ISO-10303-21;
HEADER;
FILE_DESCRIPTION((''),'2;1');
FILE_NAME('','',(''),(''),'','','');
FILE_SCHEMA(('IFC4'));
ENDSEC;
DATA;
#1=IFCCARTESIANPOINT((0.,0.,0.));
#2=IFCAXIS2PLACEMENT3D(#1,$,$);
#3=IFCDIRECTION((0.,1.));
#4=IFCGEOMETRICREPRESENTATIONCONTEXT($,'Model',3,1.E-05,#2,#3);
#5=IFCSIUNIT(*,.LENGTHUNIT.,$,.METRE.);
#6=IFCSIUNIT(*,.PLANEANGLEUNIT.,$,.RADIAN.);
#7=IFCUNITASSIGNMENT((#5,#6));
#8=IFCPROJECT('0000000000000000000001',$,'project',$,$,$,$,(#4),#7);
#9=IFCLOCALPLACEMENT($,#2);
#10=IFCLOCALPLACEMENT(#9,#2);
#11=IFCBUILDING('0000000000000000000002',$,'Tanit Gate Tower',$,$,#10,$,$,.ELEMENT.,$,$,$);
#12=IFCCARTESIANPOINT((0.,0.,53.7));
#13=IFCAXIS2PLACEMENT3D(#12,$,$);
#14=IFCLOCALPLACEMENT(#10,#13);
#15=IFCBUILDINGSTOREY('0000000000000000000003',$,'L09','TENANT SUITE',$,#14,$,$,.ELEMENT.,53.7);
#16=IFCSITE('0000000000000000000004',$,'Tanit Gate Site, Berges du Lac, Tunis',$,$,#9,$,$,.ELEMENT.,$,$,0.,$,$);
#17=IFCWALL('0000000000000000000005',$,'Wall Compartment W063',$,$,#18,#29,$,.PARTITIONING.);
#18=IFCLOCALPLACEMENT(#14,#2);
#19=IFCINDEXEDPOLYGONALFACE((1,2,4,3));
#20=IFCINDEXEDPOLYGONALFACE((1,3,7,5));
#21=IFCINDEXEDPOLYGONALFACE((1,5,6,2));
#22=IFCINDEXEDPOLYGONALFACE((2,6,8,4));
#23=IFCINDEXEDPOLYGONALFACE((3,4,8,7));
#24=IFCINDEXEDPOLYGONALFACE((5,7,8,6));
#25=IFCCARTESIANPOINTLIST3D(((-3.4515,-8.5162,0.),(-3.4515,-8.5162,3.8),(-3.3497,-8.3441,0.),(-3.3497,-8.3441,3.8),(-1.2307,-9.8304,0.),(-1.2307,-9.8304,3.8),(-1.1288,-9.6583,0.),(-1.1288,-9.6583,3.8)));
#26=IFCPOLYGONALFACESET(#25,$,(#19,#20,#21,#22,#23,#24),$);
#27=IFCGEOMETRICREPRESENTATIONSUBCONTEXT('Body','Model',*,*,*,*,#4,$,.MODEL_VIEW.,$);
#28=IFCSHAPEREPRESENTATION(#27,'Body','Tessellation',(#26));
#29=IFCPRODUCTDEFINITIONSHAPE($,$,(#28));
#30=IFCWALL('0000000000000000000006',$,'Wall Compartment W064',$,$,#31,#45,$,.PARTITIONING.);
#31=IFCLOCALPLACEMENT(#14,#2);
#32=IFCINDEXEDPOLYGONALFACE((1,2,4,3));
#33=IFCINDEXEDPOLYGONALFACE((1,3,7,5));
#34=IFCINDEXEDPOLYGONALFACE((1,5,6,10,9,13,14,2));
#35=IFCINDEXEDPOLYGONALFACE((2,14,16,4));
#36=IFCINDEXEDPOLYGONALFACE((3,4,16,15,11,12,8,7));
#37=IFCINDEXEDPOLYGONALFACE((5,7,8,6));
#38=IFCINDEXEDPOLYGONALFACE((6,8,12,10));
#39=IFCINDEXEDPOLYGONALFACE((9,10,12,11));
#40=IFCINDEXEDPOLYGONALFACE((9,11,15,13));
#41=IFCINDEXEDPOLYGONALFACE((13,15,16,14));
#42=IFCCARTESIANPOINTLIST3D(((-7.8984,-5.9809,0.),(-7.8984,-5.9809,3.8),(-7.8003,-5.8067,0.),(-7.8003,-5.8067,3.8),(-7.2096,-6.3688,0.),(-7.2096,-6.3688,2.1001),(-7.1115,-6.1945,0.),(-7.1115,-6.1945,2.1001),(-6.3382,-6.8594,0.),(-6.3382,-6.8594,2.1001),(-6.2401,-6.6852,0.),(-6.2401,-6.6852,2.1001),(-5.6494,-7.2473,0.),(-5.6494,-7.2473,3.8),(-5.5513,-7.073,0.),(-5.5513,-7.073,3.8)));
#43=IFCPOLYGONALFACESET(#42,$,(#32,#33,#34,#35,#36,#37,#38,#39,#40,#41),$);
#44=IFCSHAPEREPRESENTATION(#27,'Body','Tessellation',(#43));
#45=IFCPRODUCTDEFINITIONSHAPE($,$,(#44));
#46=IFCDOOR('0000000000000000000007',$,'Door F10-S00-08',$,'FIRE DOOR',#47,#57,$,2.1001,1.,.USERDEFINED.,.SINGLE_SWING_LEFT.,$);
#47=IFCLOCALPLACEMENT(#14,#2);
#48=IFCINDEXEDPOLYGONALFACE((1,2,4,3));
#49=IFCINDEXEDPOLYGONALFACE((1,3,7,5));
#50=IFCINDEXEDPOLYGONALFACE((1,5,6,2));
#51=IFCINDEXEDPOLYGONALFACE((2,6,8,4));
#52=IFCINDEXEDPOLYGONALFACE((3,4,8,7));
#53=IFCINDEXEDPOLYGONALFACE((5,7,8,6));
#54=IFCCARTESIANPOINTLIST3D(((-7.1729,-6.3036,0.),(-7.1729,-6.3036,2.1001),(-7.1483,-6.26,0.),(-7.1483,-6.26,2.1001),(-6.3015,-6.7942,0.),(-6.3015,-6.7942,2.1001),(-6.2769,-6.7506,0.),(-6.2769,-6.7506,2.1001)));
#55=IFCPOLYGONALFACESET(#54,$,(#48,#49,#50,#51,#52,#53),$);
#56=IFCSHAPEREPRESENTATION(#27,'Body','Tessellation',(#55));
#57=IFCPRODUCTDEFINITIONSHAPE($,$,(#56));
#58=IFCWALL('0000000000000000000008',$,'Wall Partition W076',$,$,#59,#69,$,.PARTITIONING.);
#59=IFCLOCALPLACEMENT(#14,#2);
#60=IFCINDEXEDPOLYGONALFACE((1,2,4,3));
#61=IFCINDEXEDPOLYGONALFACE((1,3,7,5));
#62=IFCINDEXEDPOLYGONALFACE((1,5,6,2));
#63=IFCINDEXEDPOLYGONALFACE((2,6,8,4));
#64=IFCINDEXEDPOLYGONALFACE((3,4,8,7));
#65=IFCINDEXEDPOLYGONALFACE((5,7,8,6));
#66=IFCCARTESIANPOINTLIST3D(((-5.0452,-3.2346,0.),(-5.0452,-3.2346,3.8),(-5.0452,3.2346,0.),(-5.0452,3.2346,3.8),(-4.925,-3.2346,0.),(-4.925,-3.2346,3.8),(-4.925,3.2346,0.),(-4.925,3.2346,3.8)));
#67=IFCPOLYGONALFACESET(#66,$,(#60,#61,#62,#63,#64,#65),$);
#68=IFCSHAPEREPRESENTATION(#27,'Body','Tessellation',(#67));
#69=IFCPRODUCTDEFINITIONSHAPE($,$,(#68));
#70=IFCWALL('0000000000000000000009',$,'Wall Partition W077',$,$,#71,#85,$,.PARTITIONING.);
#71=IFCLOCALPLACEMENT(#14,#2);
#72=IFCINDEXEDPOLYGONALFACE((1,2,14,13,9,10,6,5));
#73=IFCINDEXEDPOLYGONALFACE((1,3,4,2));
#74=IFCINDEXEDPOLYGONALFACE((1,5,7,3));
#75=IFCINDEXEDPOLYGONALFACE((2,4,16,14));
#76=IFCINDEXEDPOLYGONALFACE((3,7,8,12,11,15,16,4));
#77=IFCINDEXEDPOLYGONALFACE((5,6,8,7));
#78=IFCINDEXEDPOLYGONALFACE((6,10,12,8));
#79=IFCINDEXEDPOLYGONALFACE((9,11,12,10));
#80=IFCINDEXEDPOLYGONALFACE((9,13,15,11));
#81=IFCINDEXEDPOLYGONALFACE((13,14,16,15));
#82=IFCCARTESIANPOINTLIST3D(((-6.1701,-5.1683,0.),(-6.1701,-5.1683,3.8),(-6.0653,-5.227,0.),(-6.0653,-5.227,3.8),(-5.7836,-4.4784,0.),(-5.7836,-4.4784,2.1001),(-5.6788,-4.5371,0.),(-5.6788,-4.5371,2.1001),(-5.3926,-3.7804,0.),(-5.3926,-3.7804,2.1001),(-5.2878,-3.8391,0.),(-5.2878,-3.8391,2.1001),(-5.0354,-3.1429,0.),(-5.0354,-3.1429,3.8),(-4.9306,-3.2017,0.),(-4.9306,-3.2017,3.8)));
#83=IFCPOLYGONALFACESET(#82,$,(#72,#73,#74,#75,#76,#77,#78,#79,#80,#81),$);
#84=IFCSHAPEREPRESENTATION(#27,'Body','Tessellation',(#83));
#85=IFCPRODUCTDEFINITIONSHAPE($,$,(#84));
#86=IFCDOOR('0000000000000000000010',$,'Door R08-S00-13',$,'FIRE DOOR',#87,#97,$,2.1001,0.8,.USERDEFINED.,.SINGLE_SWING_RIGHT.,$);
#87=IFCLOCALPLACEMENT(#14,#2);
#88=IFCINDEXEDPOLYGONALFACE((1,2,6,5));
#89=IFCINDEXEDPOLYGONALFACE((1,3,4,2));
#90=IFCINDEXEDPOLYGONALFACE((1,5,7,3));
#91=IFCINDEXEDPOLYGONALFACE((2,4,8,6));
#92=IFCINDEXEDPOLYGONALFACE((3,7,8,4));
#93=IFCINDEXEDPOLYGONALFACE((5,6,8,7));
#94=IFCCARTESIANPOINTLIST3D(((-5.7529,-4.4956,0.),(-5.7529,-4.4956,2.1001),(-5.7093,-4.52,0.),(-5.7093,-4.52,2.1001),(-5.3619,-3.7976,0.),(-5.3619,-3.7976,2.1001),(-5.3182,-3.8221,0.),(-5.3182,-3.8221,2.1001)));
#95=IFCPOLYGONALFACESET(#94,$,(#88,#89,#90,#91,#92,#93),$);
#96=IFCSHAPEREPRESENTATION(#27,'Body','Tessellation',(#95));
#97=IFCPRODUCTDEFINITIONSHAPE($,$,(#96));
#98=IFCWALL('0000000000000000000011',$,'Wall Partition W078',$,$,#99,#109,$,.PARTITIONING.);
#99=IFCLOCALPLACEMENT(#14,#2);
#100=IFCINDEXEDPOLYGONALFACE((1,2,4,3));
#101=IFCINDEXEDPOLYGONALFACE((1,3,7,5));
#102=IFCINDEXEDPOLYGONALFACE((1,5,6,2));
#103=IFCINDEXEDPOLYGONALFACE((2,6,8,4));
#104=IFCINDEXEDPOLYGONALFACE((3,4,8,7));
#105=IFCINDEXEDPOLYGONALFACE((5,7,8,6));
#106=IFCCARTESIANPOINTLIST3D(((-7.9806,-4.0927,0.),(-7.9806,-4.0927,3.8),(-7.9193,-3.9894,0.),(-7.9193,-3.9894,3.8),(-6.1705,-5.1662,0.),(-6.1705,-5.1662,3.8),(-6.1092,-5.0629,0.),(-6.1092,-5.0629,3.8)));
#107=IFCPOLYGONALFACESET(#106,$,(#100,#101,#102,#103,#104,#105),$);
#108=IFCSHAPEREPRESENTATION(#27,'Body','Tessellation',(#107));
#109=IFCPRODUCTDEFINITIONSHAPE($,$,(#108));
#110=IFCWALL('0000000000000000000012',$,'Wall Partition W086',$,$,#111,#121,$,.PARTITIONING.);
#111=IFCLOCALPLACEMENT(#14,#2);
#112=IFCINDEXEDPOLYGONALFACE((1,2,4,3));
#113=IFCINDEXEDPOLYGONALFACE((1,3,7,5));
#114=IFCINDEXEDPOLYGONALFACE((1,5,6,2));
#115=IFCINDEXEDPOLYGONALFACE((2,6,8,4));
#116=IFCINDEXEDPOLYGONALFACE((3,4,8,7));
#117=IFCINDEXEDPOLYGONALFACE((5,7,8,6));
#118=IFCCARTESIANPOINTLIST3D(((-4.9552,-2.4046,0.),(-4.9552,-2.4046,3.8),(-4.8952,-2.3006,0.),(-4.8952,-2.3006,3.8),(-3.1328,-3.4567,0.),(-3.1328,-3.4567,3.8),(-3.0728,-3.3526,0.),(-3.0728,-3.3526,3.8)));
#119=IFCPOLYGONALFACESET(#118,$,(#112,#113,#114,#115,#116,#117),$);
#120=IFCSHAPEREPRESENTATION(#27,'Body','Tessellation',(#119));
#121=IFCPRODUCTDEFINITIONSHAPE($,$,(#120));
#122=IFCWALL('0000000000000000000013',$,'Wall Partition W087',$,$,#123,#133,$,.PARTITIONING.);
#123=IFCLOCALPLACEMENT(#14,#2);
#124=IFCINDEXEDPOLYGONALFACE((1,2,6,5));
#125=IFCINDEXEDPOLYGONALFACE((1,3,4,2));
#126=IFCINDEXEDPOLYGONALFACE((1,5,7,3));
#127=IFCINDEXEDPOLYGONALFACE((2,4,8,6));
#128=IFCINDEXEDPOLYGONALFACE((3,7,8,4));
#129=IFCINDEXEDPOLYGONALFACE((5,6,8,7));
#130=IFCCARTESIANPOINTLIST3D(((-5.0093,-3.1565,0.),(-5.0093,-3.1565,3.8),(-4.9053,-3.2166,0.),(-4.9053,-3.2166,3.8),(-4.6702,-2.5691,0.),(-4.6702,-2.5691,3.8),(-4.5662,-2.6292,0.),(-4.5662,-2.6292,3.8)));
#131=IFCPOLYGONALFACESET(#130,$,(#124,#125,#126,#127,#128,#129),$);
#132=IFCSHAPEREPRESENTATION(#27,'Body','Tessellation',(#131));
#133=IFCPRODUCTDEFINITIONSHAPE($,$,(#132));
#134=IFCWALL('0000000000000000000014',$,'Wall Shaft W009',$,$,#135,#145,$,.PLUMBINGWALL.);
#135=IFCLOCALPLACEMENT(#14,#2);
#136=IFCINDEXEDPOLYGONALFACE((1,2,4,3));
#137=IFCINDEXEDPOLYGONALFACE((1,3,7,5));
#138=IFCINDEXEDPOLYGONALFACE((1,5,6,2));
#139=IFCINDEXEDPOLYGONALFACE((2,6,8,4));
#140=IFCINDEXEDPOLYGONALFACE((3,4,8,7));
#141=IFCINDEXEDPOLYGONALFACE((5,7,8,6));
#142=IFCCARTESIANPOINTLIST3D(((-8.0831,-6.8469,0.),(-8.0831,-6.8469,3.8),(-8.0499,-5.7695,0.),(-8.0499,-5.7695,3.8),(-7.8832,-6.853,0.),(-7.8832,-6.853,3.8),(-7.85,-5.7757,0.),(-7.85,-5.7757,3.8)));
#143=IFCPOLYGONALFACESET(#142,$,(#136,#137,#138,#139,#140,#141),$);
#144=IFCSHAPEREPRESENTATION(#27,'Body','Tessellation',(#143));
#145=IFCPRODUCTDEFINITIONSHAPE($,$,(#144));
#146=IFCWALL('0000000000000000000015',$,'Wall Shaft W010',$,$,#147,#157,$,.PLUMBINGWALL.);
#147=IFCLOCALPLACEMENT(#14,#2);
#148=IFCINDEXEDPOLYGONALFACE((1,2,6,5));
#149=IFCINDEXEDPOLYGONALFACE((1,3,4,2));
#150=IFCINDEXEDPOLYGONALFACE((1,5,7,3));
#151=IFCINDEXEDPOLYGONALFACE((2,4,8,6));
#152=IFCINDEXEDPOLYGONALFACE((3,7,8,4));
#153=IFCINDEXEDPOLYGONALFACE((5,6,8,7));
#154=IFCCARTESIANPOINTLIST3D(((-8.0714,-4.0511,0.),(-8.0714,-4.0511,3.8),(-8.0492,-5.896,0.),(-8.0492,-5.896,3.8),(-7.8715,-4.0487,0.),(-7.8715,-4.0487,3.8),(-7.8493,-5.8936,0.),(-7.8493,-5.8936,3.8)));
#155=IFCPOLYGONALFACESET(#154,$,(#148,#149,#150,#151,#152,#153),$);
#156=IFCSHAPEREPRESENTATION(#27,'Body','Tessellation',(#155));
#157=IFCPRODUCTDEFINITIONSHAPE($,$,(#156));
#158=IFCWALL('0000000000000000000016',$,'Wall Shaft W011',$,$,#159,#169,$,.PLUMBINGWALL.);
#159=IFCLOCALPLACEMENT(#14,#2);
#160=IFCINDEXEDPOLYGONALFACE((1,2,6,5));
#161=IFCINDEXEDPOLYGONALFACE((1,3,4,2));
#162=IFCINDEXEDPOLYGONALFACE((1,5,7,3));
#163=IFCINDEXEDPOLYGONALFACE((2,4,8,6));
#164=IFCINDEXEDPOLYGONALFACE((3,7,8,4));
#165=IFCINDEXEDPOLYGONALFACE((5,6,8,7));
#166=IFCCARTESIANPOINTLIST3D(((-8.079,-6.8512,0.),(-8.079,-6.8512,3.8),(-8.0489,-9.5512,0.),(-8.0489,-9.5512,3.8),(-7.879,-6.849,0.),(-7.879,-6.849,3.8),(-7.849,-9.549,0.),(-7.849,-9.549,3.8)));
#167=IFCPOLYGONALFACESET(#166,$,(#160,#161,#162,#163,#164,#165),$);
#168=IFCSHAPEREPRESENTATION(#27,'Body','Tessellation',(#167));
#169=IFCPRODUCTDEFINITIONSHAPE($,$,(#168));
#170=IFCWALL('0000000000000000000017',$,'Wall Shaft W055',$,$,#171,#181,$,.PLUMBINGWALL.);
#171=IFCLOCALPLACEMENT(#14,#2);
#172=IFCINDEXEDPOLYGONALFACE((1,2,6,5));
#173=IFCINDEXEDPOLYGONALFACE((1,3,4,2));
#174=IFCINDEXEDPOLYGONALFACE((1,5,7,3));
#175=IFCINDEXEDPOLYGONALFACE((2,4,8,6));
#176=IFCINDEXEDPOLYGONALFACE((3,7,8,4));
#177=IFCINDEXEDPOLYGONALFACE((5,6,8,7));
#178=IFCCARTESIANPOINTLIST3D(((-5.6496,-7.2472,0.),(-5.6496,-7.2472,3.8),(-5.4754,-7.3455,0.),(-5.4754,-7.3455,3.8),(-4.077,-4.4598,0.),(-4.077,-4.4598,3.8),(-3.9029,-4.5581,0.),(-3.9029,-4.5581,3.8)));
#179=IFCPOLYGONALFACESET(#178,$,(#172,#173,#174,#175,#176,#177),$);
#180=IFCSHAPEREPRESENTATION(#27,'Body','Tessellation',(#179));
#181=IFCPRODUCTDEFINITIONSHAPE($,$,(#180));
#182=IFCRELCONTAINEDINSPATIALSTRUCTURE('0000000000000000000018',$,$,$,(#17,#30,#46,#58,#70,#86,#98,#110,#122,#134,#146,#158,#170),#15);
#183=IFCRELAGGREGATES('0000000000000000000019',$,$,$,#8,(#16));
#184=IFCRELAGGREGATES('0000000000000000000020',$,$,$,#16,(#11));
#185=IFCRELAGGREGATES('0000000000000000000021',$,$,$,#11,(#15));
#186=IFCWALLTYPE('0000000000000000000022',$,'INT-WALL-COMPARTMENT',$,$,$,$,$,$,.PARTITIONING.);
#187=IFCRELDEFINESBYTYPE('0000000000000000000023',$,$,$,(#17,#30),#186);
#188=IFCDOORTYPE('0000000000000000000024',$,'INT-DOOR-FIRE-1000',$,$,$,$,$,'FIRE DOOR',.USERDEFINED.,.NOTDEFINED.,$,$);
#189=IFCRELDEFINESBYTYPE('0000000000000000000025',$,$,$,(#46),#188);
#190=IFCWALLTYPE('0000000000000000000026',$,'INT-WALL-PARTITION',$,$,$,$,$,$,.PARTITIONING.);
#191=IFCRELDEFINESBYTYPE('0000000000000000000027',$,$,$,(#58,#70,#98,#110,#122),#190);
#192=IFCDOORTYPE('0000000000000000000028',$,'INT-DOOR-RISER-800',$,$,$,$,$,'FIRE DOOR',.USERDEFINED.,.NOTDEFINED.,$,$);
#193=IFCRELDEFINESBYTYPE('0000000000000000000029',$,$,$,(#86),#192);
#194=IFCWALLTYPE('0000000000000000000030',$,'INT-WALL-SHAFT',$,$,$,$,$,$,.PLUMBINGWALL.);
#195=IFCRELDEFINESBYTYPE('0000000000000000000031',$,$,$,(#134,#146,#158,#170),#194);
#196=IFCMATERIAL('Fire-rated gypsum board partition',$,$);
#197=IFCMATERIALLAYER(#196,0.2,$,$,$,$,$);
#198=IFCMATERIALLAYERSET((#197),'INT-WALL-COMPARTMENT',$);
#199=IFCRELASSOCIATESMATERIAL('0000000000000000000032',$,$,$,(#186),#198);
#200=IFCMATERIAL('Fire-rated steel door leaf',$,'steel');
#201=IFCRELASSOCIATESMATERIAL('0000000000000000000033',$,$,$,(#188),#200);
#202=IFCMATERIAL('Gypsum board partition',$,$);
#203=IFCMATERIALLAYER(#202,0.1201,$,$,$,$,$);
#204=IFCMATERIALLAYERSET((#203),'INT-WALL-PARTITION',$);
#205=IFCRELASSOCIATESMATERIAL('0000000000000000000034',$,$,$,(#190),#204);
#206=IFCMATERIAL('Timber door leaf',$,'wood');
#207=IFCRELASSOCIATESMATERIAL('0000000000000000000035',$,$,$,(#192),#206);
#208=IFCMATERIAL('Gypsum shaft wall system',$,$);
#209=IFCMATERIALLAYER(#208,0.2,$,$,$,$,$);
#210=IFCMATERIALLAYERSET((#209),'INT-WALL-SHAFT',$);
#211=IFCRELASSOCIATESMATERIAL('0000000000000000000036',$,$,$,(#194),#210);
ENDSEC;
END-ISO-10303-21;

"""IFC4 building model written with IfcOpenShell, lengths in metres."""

from ifc_helpers import new_model, si_unit, direction, frame, frame_2d, origin, place, context, subcontext, project, spatial, rectangle, extrude, material, layer, layer_set, type_object, element, fill, save


model = new_model("IFC4")

# Units and contexts
model_context = context("Model", 3, precision=1e-05, world=origin(), true_north=direction((0.0, 1.0)))
body_context = subcontext(model_context, "Body", "Model", "MODEL_VIEW")
ifc_project = project(units=[si_unit("LENGTHUNIT", "METRE"), si_unit("PLANEANGLEUNIT", "RADIAN")], contexts=[model_context])

# Site, building, storey
site_placement = place(None, origin())
site = spatial("IfcSite", under=ifc_project, at=site_placement, Name="Tanit Gate Site, Berges du Lac, Tunis", CompositionType="ELEMENT", RefElevation=0.0)
building_placement = place(site_placement, origin())
building = spatial("IfcBuilding", under=site, at=building_placement, Name="Tanit Gate Tower", CompositionType="ELEMENT")
storey_placement = place(building_placement, frame((0.0, 0.0, 53.7)))
storey = spatial("IfcBuildingStorey", under=building, at=storey_placement, Name="L09", Description="TENANT SUITE", CompositionType="ELEMENT", Elevation=53.7)

# Wall
ifc_material_1 = material(Name="Fire-rated gypsum board partition")
ifc_layer_1 = layer(ifc_material_1, 0.2)
ifc_layer_set_1 = layer_set([ifc_layer_1], Name="INT-WALL-COMPARTMENT")
wall_type_1 = type_object("IfcWallType", Name="INT-WALL-COMPARTMENT", PredefinedType="PARTITIONING", material=ifc_layer_set_1)
wall_1_placement = place(storey_placement, frame((-3.4006, -8.4302, 0.0), z_axis=(0.0, 0.0, 1.0), x_axis=(0.860616, -0.509255, 0.0)))
element("IfcWall", 1, at=wall_1_placement, inside=storey, type_object=wall_type_1, Name="Wall Compartment W063", PredefinedType="PARTITIONING", context=body_context, shape_type="SweptSolid", body=[
    extrude(rectangle(XDim=2.5806, YDim=0.2, at=frame_2d((1.2903, 0.0))), origin(), (0.0, 0.0, 1.0), 3.8),
])

# Wall, opening, door
wall_2_placement = place(storey_placement, frame((-7.8494, -5.8938, 0.0), z_axis=(0.0, 0.0, 1.0), x_axis=(0.871363, -0.490638, 0.0)))
wall_2 = element("IfcWall", 2, at=wall_2_placement, inside=storey, type_object=wall_type_1, Name="Wall Compartment W064", PredefinedType="PARTITIONING", context=body_context, shape_type="SweptSolid", body=[
    extrude(rectangle(XDim=2.5811, YDim=0.2, at=frame_2d((1.2905, 0.0))), origin(), (0.0, 0.0, 1.0), 3.8),
])
opening_1_placement = place(wall_2_placement, frame((0.7905, 0.0, 0.0)))
opening_1 = element("IfcOpeningElement", 3, at=opening_1_placement, cuts=wall_2, PredefinedType="OPENING", context=body_context, shape_type="SweptSolid", body=[
    extrude(rectangle(XDim=1.0, YDim=2.1001, at=frame_2d((0.5, 1.05))), frame((0.0, 0.1099, 0.0), z_axis=(0.0, -1.0, 0.0), x_axis=(1.0, 0.0, 0.0)), (0.0, 0.0, 1.0), 0.22),
])
ifc_material_2 = material(Name="Fire-rated steel door leaf", Category="steel")
door_type_1 = type_object("IfcDoorType", Name="INT-DOOR-FIRE-1000", ElementType="FIRE DOOR", OperationType="NOTDEFINED", PredefinedType="USERDEFINED", material=ifc_material_2)
door_1_placement = place(opening_1_placement, origin())
door_1 = element("IfcDoor", 4, at=door_1_placement, inside=storey, type_object=door_type_1, Name="Door F10-S00-08", ObjectType="FIRE DOOR", OperationType="SINGLE_SWING_LEFT", OverallHeight=2.1001, OverallWidth=1.0, PredefinedType="USERDEFINED", context=body_context, shape_type="SweptSolid", body=[
    extrude(rectangle(XDim=1.0, YDim=2.1001, at=frame_2d((0.5, 1.05))), frame((0.0, 0.0249, 0.0), z_axis=(0.0, -1.0, 0.0), x_axis=(1.0, 0.0, 0.0)), (0.0, 0.0, 1.0), 0.05),
])
fill(opening_1, door_1)

# Wall
ifc_material_3 = material(Name="Gypsum board partition")
ifc_layer_2 = layer(ifc_material_3, 0.1201)
ifc_layer_set_2 = layer_set([ifc_layer_2], Name="INT-WALL-PARTITION")
wall_type_2 = type_object("IfcWallType", Name="INT-WALL-PARTITION", PredefinedType="PARTITIONING", material=ifc_layer_set_2)
wall_3_placement = place(storey_placement, frame((-4.9851, -3.2346, 0.0), z_axis=(0.0, 0.0, 1.0), x_axis=(0.0, 1.0, 0.0)))
element("IfcWall", 5, at=wall_3_placement, inside=storey, type_object=wall_type_2, Name="Wall Partition W076", PredefinedType="PARTITIONING", context=body_context, shape_type="SweptSolid", body=[
    extrude(rectangle(XDim=6.4692, YDim=0.1201, at=frame_2d((3.2346, 0.0))), origin(), (0.0, 0.0, 1.0), 3.8),
])

# Wall, opening, door
wall_4_placement = place(storey_placement, frame((-6.1177, -5.1975, 0.0), z_axis=(0.0, 0.0, 1.0), x_axis=(0.488783, 0.872406, 0.0)))
wall_4 = element("IfcWall", 6, at=wall_4_placement, inside=storey, type_object=wall_type_2, Name="Wall Partition W077", PredefinedType="PARTITIONING", context=body_context, shape_type="SweptSolid", body=[
    extrude(rectangle(XDim=2.3215, YDim=0.1201, at=frame_2d((1.1606, 0.0))), origin(), (0.0, 0.0, 1.0), 3.8),
])
opening_2_placement = place(wall_4_placement, frame((0.7908, 0.0, 0.0)))
opening_2 = element("IfcOpeningElement", 7, at=opening_2_placement, cuts=wall_4, PredefinedType="OPENING", context=body_context, shape_type="SweptSolid", body=[
    extrude(rectangle(XDim=0.8, YDim=2.1001, at=frame_2d((0.3999, 1.05))), frame((0.0, 0.0701, 0.0), z_axis=(0.0, -1.0, 0.0), x_axis=(1.0, 0.0, 0.0)), (0.0, 0.0, 1.0), 0.1401),
])
ifc_material_4 = material(Name="Timber door leaf", Category="wood")
door_type_2 = type_object("IfcDoorType", Name="INT-DOOR-RISER-800", ElementType="FIRE DOOR", OperationType="NOTDEFINED", PredefinedType="USERDEFINED", material=ifc_material_4)
door_2_placement = place(opening_2_placement, origin())
door_2 = element("IfcDoor", 8, at=door_2_placement, inside=storey, type_object=door_type_2, Name="Door R08-S00-13", ObjectType="FIRE DOOR", OperationType="SINGLE_SWING_RIGHT", OverallHeight=2.1001, OverallWidth=0.8, PredefinedType="USERDEFINED", context=body_context, shape_type="SweptSolid", body=[
    extrude(rectangle(XDim=0.8, YDim=2.1001, at=frame_2d((0.3999, 1.05))), frame((0.0, 0.0249, 0.0), z_axis=(0.0, -1.0, 0.0), x_axis=(1.0, 0.0, 0.0)), (0.0, 0.0, 1.0), 0.05),
])
fill(opening_2, door_2)

# Walls
wall_5_placement = place(storey_placement, frame((-7.95, -4.041, 0.0), z_axis=(0.0, 0.0, 1.0), x_axis=(0.860112, -0.510104, 0.0)))
element("IfcWall", 9, at=wall_5_placement, inside=storey, type_object=wall_type_2, Name="Wall Partition W078", PredefinedType="PARTITIONING", context=body_context, shape_type="SweptSolid", body=[
    extrude(rectangle(XDim=2.1045, YDim=0.1201, at=frame_2d((1.0522, 0.0))), origin(), (0.0, 0.0, 1.0), 3.8),
])
wall_6_placement = place(storey_placement, frame((-4.9253, -2.3525, 0.0), z_axis=(0.0, 0.0, 1.0), x_axis=(0.866043, -0.49997, 0.0)))
element("IfcWall", 10, at=wall_6_placement, inside=storey, type_object=wall_type_2, Name="Wall Partition W086", PredefinedType="PARTITIONING", context=body_context, shape_type="SweptSolid", body=[
    extrude(rectangle(XDim=2.1042, YDim=0.1201, at=frame_2d((1.0522, 0.0))), origin(), (0.0, 0.0, 1.0), 3.8),
])
wall_7_placement = place(storey_placement, frame((-4.9573, -3.1865, 0.0), z_axis=(0.0, 0.0, 1.0), x_axis=(0.499972, 0.866042, 0.0)))
element("IfcWall", 11, at=wall_7_placement, inside=storey, type_object=wall_type_2, Name="Wall Partition W087", PredefinedType="PARTITIONING", context=body_context, shape_type="SweptSolid", body=[
    extrude(rectangle(XDim=0.6782, YDim=0.1201, at=frame_2d((0.3391, 0.0))), origin(), (0.0, 0.0, 1.0), 3.8),
])
ifc_material_5 = material(Name="Gypsum shaft wall system")
ifc_layer_3 = layer(ifc_material_5, 0.2)
ifc_layer_set_3 = layer_set([ifc_layer_3], Name="INT-WALL-SHAFT")
wall_type_3 = type_object("IfcWallType", Name="INT-WALL-SHAFT", PredefinedType="PLUMBINGWALL", material=ifc_layer_set_3)
wall_8_placement = place(storey_placement, frame((-7.95, -5.7725, 0.0), z_axis=(0.0, 0.0, 1.0), x_axis=(-0.030803, -0.999525, 0.0)))
element("IfcWall", 12, at=wall_8_placement, inside=storey, type_object=wall_type_3, Name="Wall Shaft W009", PredefinedType="PLUMBINGWALL", context=body_context, shape_type="SweptSolid", body=[
    extrude(rectangle(XDim=1.0779, YDim=0.2, at=frame_2d((0.5391, 0.0))), origin(), (0.0, 0.0, 1.0), 3.8),
])
wall_9_placement = place(storey_placement, frame((-7.9714, -4.05, 0.0), z_axis=(0.0, 0.0, 1.0), x_axis=(0.012043, -0.999927, 0.0)))
element("IfcWall", 13, at=wall_9_placement, inside=storey, type_object=wall_type_3, Name="Wall Shaft W010", PredefinedType="PLUMBINGWALL", context=body_context, shape_type="SweptSolid", body=[
    extrude(rectangle(XDim=1.845, YDim=0.2, at=frame_2d((0.9224, 0.0))), origin(), (0.0, 0.0, 1.0), 3.8),
])
wall_10_placement = place(storey_placement, frame((-7.979, -6.8501, 0.0), z_axis=(0.0, 0.0, 1.0), x_axis=(0.011121, -0.999938, 0.0)))
element("IfcWall", 14, at=wall_10_placement, inside=storey, type_object=wall_type_3, Name="Wall Shaft W011", PredefinedType="PLUMBINGWALL", context=body_context, shape_type="SweptSolid", body=[
    extrude(rectangle(XDim=2.7002, YDim=0.2, at=frame_2d((1.3501, 0.0))), origin(), (0.0, 0.0, 1.0), 3.8),
])

# Wall
wall_11_placement = place(storey_placement, frame((-3.99, -4.509, 0.0), z_axis=(0.0, 0.0, 1.0), x_axis=(-0.491358, -0.870958, 0.0)))
element("IfcWall", 15, at=wall_11_placement, inside=storey, type_object=wall_type_3, Name="Wall Shaft W055", PredefinedType="PLUMBINGWALL", context=body_context, shape_type="SweptSolid", body=[
    extrude(rectangle(XDim=3.2004, YDim=0.2, at=frame_2d((1.6001, 0.0))), origin(), (0.0, 0.0, 1.0), 3.8),
])

save(model, "model.ifc")
